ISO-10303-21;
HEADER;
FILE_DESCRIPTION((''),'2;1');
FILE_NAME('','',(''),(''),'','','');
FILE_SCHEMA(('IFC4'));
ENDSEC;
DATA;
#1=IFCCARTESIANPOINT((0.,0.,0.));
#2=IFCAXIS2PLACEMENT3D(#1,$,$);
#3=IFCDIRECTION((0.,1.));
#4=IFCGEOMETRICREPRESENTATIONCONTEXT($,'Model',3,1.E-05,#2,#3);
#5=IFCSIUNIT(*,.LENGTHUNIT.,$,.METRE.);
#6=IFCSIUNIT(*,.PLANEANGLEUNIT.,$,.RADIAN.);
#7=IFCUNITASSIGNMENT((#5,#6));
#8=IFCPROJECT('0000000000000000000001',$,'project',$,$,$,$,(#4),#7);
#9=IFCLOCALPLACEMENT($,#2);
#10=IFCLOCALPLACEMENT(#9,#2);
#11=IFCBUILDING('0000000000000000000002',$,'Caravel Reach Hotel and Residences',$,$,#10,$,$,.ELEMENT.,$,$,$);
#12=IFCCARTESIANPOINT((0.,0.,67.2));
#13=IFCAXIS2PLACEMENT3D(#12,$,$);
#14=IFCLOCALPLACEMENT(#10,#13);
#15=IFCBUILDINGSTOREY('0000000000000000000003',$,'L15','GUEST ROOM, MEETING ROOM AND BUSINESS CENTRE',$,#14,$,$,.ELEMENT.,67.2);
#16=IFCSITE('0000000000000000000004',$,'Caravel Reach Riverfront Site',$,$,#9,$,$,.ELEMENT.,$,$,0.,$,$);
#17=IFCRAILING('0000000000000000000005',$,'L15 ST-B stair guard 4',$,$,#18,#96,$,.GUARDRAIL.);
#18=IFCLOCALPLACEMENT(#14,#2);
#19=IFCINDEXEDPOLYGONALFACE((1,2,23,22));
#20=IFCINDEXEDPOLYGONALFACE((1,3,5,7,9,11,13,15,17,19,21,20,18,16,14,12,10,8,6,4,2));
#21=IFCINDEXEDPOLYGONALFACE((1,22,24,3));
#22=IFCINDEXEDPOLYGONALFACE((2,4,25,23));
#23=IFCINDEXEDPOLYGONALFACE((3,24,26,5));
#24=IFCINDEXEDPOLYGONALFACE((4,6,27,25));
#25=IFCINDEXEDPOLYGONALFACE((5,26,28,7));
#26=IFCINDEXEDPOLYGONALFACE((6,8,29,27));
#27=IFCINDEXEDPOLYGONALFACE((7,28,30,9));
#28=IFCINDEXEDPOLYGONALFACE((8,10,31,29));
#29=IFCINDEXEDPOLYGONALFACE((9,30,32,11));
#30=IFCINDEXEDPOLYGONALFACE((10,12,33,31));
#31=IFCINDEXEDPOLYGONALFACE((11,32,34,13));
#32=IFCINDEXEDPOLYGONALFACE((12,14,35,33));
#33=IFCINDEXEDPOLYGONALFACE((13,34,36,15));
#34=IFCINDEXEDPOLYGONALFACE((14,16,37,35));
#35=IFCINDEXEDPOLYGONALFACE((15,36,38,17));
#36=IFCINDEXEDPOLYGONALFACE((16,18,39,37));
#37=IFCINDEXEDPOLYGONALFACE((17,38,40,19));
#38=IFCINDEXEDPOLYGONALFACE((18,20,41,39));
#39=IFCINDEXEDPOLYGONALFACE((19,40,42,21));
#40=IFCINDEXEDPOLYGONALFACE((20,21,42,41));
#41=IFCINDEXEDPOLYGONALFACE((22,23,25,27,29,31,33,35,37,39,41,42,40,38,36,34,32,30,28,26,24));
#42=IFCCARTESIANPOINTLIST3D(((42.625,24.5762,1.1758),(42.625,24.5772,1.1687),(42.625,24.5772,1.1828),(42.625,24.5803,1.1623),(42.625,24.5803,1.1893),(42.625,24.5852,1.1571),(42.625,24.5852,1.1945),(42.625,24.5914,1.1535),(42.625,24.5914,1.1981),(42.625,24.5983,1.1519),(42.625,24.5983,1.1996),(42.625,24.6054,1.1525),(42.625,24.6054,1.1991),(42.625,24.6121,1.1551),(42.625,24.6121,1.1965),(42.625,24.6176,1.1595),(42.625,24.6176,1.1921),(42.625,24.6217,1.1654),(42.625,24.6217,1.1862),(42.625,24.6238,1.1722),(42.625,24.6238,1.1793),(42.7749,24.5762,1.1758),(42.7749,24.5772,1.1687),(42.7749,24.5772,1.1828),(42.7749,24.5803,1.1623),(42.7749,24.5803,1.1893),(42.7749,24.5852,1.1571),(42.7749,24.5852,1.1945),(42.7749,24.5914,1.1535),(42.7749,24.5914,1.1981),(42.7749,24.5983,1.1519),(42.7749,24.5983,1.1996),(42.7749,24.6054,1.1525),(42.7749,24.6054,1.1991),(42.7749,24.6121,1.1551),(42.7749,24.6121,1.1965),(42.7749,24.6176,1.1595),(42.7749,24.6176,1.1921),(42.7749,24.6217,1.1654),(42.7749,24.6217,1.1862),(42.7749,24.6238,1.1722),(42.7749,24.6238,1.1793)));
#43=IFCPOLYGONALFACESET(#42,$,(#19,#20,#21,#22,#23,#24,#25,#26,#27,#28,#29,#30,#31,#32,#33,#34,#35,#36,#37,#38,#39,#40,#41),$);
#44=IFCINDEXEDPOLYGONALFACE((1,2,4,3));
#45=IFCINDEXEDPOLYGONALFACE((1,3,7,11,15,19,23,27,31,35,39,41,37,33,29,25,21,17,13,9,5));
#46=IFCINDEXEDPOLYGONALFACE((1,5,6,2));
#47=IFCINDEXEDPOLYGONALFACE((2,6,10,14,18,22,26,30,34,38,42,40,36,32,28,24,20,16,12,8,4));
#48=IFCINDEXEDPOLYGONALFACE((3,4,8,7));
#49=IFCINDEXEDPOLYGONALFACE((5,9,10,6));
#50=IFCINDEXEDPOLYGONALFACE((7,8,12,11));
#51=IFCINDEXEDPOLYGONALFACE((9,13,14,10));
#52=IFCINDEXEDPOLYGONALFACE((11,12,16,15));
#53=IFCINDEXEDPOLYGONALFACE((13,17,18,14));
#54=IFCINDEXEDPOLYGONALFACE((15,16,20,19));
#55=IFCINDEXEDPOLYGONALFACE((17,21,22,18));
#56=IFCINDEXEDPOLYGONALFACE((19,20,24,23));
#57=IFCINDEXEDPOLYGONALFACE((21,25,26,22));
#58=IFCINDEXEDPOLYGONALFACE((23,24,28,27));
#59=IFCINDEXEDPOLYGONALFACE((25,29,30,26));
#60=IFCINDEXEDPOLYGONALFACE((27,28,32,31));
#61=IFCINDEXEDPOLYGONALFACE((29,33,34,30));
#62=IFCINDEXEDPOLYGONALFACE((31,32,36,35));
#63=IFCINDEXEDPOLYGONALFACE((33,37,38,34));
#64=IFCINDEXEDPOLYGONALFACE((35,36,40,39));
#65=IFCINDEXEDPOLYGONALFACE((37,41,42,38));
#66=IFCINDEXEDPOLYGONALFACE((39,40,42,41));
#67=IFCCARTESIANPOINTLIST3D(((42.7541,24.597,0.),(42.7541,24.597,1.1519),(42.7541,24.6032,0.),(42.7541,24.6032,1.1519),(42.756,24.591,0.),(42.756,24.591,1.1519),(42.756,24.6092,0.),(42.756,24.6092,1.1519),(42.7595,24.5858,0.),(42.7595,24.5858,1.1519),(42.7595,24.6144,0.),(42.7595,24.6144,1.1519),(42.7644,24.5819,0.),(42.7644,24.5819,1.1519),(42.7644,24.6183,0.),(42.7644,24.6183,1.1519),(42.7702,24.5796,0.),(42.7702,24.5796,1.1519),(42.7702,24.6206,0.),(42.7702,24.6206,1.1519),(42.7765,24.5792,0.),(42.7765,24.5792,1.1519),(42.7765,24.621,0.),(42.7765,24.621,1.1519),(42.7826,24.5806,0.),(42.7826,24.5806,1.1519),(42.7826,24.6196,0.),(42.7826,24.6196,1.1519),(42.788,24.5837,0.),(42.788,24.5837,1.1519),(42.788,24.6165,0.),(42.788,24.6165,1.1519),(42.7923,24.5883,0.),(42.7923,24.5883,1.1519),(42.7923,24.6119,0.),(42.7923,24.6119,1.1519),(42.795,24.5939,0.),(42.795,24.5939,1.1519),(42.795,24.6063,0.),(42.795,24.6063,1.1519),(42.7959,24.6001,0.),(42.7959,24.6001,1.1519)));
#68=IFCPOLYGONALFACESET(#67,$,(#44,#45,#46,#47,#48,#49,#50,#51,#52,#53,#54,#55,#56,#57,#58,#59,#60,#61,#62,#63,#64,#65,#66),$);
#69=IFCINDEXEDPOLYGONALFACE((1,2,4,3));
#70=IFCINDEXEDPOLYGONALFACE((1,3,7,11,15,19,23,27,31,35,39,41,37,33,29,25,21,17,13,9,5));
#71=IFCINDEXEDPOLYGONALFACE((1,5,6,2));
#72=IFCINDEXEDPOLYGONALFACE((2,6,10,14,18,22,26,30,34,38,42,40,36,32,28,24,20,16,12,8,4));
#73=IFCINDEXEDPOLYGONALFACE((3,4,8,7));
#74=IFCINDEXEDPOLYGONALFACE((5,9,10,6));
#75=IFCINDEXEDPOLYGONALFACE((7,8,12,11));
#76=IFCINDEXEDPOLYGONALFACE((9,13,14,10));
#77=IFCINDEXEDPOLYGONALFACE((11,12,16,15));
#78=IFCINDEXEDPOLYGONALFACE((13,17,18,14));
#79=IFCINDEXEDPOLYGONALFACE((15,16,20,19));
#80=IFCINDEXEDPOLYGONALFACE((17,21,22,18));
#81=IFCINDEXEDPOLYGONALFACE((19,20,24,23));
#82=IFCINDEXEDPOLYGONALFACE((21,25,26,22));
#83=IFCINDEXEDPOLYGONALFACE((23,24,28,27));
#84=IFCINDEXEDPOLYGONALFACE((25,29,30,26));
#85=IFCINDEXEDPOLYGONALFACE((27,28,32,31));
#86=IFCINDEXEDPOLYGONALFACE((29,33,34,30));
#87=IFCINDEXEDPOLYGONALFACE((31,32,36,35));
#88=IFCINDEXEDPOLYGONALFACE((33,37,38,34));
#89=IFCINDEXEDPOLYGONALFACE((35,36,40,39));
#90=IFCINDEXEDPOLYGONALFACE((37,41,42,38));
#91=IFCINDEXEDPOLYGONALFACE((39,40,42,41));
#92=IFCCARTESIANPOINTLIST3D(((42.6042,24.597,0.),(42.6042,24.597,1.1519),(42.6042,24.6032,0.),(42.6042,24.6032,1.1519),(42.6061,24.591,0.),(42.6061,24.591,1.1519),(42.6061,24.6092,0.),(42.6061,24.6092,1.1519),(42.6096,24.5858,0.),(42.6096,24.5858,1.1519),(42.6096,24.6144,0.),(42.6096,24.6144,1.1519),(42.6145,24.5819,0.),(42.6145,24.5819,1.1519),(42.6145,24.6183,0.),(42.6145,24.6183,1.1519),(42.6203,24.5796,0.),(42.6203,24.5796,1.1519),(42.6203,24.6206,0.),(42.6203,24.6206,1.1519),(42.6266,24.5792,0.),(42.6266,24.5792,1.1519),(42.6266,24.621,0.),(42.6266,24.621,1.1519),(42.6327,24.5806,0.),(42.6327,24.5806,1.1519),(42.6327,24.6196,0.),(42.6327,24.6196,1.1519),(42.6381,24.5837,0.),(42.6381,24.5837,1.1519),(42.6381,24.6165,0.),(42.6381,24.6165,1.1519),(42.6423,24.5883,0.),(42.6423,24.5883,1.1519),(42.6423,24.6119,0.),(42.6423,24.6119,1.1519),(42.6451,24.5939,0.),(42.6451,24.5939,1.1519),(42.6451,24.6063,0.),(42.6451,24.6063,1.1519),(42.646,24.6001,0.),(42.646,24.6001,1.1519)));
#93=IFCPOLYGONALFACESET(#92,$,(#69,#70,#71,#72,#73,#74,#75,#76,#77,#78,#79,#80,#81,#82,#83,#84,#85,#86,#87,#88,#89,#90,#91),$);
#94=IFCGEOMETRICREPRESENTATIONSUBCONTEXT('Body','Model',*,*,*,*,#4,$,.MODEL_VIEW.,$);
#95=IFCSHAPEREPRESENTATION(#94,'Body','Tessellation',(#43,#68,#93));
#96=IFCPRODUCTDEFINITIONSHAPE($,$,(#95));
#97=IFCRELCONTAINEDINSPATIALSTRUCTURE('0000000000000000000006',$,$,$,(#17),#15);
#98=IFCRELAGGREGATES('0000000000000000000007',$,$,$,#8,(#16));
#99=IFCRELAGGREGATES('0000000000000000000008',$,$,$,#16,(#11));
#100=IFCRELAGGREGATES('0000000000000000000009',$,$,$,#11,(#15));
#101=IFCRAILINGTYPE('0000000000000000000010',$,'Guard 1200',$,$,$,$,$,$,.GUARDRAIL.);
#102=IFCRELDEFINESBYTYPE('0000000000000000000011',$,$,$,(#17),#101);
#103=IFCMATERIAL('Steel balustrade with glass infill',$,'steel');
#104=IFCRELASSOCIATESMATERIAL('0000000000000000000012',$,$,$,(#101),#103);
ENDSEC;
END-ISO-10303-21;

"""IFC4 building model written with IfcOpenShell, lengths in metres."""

from ifc_helpers import new_model, si_unit, direction, frame, origin, origin_2d, place, context, subcontext, project, spatial, circle, extrude, material, type_object, element, save


model = new_model("IFC4")

# Units and contexts
model_context = context("Model", 3, precision=1e-05, world=origin(), true_north=direction((0.0, 1.0)))
body_context = subcontext(model_context, "Body", "Model", "MODEL_VIEW")
ifc_project = project(units=[si_unit("LENGTHUNIT", "METRE"), si_unit("PLANEANGLEUNIT", "RADIAN")], contexts=[model_context])

# Site, building, storey
site_placement = place(None, origin())
site = spatial("IfcSite", under=ifc_project, at=site_placement, Name="Caravel Reach Riverfront Site", CompositionType="ELEMENT", RefElevation=0.0)
building_placement = place(site_placement, origin())
building = spatial("IfcBuilding", under=site, at=building_placement, Name="Caravel Reach Hotel and Residences", CompositionType="ELEMENT")
storey_placement = place(building_placement, frame((0.0, 0.0, 67.2)))
storey = spatial("IfcBuildingStorey", under=building, at=storey_placement, Name="L15", Description="GUEST ROOM, MEETING ROOM AND BUSINESS CENTRE", CompositionType="ELEMENT", Elevation=67.2)

# Railing
ifc_material_1 = material(Name="Steel balustrade with glass infill", Category="steel")
railing_type = type_object("IfcRailingType", Name="Guard 1200", PredefinedType="GUARDRAIL", material=ifc_material_1)
railing_1_placement = place(storey_placement, frame((42.7749, 24.6001, 0.0)))
element("IfcRailing", 1, at=railing_1_placement, inside=storey, type_object=railing_type, Name="L15 ST-B stair guard 4", PredefinedType="GUARDRAIL", context=body_context, shape_type="SweptSolid", body=[
    extrude(circle(Radius=0.0239, at=origin_2d()), frame((0.0, 0.0, 1.1758), z_axis=(-1.0, 0.0, 0.0), x_axis=(0.0, -1.0, 0.0)), (0.0, 0.0, 1.0), 0.1499),
    extrude(circle(Radius=0.021, at=origin_2d()), origin(), (0.0, 0.0, 1.0), 1.1519),
    extrude(circle(Radius=0.021, at=origin_2d()), frame((-0.1499, 0.0, 0.0)), (0.0, 0.0, 1.0), 1.1519),
])

save(model, "model.ifc")
